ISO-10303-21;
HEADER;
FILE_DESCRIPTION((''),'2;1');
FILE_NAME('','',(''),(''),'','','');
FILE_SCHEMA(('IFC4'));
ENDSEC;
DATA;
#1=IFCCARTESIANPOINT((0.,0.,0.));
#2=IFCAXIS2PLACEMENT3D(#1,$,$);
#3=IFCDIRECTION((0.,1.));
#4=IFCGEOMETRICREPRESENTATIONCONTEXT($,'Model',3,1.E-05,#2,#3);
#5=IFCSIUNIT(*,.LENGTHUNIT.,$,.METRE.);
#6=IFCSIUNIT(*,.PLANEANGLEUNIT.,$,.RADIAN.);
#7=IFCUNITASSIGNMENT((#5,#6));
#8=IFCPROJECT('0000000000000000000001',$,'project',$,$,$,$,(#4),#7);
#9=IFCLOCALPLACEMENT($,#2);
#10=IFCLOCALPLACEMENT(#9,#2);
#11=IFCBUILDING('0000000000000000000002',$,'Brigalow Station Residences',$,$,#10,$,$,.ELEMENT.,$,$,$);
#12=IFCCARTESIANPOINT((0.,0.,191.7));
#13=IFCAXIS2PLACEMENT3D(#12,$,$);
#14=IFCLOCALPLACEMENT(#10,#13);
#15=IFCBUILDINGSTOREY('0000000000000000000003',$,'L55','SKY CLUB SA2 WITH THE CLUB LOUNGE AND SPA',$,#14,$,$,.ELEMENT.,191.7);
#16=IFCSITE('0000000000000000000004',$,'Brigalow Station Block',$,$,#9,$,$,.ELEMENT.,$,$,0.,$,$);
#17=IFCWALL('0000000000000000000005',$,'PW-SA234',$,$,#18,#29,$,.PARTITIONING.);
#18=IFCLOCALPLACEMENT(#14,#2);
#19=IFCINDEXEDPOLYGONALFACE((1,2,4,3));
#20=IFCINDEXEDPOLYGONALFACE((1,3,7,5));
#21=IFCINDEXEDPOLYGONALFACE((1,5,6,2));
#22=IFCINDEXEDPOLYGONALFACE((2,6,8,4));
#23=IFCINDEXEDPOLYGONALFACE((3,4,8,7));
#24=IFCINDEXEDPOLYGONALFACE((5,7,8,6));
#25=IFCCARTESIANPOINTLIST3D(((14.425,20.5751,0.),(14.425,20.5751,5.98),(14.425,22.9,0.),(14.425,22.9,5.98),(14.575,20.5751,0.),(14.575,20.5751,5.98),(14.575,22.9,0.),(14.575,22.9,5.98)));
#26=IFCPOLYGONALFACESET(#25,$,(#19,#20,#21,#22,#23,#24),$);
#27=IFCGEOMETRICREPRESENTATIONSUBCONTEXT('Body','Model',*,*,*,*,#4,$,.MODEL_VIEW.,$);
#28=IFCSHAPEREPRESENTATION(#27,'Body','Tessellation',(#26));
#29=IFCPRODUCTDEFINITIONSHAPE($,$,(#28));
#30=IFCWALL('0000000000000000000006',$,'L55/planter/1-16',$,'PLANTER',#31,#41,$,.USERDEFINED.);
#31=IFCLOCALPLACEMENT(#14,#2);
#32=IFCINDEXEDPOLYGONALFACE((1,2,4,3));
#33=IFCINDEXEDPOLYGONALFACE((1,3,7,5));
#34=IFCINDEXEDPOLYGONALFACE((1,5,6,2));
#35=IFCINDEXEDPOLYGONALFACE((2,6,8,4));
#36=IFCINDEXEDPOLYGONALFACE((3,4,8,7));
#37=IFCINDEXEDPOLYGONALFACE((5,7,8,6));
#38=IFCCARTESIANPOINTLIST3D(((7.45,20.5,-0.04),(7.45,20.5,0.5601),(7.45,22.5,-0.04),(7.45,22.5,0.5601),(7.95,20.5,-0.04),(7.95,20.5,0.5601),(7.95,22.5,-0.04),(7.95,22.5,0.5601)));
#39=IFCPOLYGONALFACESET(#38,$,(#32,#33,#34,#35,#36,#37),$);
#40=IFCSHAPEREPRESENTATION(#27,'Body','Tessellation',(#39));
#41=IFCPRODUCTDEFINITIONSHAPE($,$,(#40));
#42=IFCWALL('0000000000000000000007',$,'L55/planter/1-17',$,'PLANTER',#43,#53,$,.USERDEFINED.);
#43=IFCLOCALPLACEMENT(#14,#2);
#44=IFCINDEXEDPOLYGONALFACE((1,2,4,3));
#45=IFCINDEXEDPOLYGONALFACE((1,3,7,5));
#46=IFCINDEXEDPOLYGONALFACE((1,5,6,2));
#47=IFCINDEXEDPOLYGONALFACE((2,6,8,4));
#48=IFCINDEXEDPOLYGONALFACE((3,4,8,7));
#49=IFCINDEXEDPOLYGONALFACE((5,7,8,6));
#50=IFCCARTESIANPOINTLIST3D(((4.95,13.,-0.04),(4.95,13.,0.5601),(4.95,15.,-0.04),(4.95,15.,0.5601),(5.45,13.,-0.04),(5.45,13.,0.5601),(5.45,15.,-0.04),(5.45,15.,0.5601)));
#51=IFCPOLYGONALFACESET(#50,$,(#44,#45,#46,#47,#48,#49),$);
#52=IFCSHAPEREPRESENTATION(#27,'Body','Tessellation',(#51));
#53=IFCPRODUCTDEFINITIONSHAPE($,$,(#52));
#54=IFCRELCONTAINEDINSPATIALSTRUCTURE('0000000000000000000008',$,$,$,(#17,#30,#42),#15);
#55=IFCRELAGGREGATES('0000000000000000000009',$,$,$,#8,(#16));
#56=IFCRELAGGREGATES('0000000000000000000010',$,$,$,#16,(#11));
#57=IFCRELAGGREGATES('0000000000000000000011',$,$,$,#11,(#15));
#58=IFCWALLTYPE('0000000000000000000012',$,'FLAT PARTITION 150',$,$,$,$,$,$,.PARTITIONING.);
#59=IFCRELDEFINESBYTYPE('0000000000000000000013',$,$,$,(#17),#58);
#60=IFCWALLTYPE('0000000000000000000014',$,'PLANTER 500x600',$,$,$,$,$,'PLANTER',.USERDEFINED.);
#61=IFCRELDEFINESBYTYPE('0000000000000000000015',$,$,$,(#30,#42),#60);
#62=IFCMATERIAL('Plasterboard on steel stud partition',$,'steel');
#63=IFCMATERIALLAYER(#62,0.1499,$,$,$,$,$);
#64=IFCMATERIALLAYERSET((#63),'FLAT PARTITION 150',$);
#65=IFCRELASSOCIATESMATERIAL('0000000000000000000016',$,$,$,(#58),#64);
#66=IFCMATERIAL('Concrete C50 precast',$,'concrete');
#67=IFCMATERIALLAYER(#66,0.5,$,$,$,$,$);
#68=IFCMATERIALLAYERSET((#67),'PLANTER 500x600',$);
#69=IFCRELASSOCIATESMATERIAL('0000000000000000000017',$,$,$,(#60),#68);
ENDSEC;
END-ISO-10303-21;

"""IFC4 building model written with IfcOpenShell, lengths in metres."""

from ifc_helpers import new_model, si_unit, direction, frame, frame_2d, origin, place, context, subcontext, project, spatial, rectangle, extrude, material, layer, layer_set, type_object, element, save


model = new_model("IFC4")

# Units and contexts
model_context = context("Model", 3, precision=1e-05, world=origin(), true_north=direction((0.0, 1.0)))
body_context = subcontext(model_context, "Body", "Model", "MODEL_VIEW")
ifc_project = project(units=[si_unit("LENGTHUNIT", "METRE"), si_unit("PLANEANGLEUNIT", "RADIAN")], contexts=[model_context])

# Site, building, storey
site_placement = place(None, origin())
site = spatial("IfcSite", under=ifc_project, at=site_placement, Name="Brigalow Station Block", CompositionType="ELEMENT", RefElevation=0.0)
building_placement = place(site_placement, origin())
building = spatial("IfcBuilding", under=site, at=building_placement, Name="Brigalow Station Residences", CompositionType="ELEMENT")
storey_placement = place(building_placement, frame((0.0, 0.0, 191.7)))
storey = spatial("IfcBuildingStorey", under=building, at=storey_placement, Name="L55", Description="SKY CLUB SA2 WITH THE CLUB LOUNGE AND SPA", CompositionType="ELEMENT", Elevation=191.7)

# Shared definitions
ifc_material_1 = material(Name="Plasterboard on steel stud partition", Category="steel")
ifc_layer_1 = layer(ifc_material_1, 0.1499)
ifc_layer_set_1 = layer_set([ifc_layer_1], Name="FLAT PARTITION 150")
wall_type_1 = type_object("IfcWallType", Name="FLAT PARTITION 150", PredefinedType="PARTITIONING", material=ifc_layer_set_1)

# Walls
wall_1_placement = place(storey_placement, frame((14.5, 20.575, 0.0), z_axis=(0.0, 0.0, 1.0), x_axis=(0.0, 1.0, 0.0)))
element("IfcWall", 1, at=wall_1_placement, inside=storey, type_object=wall_type_1, Name="PW-SA234", PredefinedType="PARTITIONING", context=body_context, shape_type="SweptSolid", body=[
    extrude(rectangle(XDim=2.325, YDim=0.1499, at=frame_2d((1.1626, 0.0))), origin(), (0.0, 0.0, 1.0), 5.98),
])
ifc_material_2 = material(Name="Concrete C50 precast", Category="concrete")
ifc_layer_2 = layer(ifc_material_2, 0.5)
ifc_layer_set_2 = layer_set([ifc_layer_2], Name="PLANTER 500x600")
wall_type_2 = type_object("IfcWallType", Name="PLANTER 500x600", ElementType="PLANTER", PredefinedType="USERDEFINED", material=ifc_layer_set_2)
for number, where, z_axis, x_axis, name in (
    (2, (7.7, 22.5, -0.04), (0.0, 0.0, 1.0), (0.0, -1.0, 0.0), "L55/planter/1-16"),
    (3, (5.2, 15.0, -0.04), (0.0, 0.0, 1.0), (0.0, -1.0, 0.0), "L55/planter/1-17"),
):
    element("IfcWall", number, at=place(storey_placement, frame(where, z_axis=z_axis, x_axis=x_axis)), inside=storey, type_object=wall_type_2, Name=name, ObjectType="PLANTER", PredefinedType="USERDEFINED", context=body_context, shape_type="SweptSolid", body=[
        extrude(rectangle(XDim=2.0, YDim=0.5, at=frame_2d((1.0, 0.0))), origin(), (0.0, 0.0, 1.0), 0.6001),
    ])

save(model, "model.ifc")
